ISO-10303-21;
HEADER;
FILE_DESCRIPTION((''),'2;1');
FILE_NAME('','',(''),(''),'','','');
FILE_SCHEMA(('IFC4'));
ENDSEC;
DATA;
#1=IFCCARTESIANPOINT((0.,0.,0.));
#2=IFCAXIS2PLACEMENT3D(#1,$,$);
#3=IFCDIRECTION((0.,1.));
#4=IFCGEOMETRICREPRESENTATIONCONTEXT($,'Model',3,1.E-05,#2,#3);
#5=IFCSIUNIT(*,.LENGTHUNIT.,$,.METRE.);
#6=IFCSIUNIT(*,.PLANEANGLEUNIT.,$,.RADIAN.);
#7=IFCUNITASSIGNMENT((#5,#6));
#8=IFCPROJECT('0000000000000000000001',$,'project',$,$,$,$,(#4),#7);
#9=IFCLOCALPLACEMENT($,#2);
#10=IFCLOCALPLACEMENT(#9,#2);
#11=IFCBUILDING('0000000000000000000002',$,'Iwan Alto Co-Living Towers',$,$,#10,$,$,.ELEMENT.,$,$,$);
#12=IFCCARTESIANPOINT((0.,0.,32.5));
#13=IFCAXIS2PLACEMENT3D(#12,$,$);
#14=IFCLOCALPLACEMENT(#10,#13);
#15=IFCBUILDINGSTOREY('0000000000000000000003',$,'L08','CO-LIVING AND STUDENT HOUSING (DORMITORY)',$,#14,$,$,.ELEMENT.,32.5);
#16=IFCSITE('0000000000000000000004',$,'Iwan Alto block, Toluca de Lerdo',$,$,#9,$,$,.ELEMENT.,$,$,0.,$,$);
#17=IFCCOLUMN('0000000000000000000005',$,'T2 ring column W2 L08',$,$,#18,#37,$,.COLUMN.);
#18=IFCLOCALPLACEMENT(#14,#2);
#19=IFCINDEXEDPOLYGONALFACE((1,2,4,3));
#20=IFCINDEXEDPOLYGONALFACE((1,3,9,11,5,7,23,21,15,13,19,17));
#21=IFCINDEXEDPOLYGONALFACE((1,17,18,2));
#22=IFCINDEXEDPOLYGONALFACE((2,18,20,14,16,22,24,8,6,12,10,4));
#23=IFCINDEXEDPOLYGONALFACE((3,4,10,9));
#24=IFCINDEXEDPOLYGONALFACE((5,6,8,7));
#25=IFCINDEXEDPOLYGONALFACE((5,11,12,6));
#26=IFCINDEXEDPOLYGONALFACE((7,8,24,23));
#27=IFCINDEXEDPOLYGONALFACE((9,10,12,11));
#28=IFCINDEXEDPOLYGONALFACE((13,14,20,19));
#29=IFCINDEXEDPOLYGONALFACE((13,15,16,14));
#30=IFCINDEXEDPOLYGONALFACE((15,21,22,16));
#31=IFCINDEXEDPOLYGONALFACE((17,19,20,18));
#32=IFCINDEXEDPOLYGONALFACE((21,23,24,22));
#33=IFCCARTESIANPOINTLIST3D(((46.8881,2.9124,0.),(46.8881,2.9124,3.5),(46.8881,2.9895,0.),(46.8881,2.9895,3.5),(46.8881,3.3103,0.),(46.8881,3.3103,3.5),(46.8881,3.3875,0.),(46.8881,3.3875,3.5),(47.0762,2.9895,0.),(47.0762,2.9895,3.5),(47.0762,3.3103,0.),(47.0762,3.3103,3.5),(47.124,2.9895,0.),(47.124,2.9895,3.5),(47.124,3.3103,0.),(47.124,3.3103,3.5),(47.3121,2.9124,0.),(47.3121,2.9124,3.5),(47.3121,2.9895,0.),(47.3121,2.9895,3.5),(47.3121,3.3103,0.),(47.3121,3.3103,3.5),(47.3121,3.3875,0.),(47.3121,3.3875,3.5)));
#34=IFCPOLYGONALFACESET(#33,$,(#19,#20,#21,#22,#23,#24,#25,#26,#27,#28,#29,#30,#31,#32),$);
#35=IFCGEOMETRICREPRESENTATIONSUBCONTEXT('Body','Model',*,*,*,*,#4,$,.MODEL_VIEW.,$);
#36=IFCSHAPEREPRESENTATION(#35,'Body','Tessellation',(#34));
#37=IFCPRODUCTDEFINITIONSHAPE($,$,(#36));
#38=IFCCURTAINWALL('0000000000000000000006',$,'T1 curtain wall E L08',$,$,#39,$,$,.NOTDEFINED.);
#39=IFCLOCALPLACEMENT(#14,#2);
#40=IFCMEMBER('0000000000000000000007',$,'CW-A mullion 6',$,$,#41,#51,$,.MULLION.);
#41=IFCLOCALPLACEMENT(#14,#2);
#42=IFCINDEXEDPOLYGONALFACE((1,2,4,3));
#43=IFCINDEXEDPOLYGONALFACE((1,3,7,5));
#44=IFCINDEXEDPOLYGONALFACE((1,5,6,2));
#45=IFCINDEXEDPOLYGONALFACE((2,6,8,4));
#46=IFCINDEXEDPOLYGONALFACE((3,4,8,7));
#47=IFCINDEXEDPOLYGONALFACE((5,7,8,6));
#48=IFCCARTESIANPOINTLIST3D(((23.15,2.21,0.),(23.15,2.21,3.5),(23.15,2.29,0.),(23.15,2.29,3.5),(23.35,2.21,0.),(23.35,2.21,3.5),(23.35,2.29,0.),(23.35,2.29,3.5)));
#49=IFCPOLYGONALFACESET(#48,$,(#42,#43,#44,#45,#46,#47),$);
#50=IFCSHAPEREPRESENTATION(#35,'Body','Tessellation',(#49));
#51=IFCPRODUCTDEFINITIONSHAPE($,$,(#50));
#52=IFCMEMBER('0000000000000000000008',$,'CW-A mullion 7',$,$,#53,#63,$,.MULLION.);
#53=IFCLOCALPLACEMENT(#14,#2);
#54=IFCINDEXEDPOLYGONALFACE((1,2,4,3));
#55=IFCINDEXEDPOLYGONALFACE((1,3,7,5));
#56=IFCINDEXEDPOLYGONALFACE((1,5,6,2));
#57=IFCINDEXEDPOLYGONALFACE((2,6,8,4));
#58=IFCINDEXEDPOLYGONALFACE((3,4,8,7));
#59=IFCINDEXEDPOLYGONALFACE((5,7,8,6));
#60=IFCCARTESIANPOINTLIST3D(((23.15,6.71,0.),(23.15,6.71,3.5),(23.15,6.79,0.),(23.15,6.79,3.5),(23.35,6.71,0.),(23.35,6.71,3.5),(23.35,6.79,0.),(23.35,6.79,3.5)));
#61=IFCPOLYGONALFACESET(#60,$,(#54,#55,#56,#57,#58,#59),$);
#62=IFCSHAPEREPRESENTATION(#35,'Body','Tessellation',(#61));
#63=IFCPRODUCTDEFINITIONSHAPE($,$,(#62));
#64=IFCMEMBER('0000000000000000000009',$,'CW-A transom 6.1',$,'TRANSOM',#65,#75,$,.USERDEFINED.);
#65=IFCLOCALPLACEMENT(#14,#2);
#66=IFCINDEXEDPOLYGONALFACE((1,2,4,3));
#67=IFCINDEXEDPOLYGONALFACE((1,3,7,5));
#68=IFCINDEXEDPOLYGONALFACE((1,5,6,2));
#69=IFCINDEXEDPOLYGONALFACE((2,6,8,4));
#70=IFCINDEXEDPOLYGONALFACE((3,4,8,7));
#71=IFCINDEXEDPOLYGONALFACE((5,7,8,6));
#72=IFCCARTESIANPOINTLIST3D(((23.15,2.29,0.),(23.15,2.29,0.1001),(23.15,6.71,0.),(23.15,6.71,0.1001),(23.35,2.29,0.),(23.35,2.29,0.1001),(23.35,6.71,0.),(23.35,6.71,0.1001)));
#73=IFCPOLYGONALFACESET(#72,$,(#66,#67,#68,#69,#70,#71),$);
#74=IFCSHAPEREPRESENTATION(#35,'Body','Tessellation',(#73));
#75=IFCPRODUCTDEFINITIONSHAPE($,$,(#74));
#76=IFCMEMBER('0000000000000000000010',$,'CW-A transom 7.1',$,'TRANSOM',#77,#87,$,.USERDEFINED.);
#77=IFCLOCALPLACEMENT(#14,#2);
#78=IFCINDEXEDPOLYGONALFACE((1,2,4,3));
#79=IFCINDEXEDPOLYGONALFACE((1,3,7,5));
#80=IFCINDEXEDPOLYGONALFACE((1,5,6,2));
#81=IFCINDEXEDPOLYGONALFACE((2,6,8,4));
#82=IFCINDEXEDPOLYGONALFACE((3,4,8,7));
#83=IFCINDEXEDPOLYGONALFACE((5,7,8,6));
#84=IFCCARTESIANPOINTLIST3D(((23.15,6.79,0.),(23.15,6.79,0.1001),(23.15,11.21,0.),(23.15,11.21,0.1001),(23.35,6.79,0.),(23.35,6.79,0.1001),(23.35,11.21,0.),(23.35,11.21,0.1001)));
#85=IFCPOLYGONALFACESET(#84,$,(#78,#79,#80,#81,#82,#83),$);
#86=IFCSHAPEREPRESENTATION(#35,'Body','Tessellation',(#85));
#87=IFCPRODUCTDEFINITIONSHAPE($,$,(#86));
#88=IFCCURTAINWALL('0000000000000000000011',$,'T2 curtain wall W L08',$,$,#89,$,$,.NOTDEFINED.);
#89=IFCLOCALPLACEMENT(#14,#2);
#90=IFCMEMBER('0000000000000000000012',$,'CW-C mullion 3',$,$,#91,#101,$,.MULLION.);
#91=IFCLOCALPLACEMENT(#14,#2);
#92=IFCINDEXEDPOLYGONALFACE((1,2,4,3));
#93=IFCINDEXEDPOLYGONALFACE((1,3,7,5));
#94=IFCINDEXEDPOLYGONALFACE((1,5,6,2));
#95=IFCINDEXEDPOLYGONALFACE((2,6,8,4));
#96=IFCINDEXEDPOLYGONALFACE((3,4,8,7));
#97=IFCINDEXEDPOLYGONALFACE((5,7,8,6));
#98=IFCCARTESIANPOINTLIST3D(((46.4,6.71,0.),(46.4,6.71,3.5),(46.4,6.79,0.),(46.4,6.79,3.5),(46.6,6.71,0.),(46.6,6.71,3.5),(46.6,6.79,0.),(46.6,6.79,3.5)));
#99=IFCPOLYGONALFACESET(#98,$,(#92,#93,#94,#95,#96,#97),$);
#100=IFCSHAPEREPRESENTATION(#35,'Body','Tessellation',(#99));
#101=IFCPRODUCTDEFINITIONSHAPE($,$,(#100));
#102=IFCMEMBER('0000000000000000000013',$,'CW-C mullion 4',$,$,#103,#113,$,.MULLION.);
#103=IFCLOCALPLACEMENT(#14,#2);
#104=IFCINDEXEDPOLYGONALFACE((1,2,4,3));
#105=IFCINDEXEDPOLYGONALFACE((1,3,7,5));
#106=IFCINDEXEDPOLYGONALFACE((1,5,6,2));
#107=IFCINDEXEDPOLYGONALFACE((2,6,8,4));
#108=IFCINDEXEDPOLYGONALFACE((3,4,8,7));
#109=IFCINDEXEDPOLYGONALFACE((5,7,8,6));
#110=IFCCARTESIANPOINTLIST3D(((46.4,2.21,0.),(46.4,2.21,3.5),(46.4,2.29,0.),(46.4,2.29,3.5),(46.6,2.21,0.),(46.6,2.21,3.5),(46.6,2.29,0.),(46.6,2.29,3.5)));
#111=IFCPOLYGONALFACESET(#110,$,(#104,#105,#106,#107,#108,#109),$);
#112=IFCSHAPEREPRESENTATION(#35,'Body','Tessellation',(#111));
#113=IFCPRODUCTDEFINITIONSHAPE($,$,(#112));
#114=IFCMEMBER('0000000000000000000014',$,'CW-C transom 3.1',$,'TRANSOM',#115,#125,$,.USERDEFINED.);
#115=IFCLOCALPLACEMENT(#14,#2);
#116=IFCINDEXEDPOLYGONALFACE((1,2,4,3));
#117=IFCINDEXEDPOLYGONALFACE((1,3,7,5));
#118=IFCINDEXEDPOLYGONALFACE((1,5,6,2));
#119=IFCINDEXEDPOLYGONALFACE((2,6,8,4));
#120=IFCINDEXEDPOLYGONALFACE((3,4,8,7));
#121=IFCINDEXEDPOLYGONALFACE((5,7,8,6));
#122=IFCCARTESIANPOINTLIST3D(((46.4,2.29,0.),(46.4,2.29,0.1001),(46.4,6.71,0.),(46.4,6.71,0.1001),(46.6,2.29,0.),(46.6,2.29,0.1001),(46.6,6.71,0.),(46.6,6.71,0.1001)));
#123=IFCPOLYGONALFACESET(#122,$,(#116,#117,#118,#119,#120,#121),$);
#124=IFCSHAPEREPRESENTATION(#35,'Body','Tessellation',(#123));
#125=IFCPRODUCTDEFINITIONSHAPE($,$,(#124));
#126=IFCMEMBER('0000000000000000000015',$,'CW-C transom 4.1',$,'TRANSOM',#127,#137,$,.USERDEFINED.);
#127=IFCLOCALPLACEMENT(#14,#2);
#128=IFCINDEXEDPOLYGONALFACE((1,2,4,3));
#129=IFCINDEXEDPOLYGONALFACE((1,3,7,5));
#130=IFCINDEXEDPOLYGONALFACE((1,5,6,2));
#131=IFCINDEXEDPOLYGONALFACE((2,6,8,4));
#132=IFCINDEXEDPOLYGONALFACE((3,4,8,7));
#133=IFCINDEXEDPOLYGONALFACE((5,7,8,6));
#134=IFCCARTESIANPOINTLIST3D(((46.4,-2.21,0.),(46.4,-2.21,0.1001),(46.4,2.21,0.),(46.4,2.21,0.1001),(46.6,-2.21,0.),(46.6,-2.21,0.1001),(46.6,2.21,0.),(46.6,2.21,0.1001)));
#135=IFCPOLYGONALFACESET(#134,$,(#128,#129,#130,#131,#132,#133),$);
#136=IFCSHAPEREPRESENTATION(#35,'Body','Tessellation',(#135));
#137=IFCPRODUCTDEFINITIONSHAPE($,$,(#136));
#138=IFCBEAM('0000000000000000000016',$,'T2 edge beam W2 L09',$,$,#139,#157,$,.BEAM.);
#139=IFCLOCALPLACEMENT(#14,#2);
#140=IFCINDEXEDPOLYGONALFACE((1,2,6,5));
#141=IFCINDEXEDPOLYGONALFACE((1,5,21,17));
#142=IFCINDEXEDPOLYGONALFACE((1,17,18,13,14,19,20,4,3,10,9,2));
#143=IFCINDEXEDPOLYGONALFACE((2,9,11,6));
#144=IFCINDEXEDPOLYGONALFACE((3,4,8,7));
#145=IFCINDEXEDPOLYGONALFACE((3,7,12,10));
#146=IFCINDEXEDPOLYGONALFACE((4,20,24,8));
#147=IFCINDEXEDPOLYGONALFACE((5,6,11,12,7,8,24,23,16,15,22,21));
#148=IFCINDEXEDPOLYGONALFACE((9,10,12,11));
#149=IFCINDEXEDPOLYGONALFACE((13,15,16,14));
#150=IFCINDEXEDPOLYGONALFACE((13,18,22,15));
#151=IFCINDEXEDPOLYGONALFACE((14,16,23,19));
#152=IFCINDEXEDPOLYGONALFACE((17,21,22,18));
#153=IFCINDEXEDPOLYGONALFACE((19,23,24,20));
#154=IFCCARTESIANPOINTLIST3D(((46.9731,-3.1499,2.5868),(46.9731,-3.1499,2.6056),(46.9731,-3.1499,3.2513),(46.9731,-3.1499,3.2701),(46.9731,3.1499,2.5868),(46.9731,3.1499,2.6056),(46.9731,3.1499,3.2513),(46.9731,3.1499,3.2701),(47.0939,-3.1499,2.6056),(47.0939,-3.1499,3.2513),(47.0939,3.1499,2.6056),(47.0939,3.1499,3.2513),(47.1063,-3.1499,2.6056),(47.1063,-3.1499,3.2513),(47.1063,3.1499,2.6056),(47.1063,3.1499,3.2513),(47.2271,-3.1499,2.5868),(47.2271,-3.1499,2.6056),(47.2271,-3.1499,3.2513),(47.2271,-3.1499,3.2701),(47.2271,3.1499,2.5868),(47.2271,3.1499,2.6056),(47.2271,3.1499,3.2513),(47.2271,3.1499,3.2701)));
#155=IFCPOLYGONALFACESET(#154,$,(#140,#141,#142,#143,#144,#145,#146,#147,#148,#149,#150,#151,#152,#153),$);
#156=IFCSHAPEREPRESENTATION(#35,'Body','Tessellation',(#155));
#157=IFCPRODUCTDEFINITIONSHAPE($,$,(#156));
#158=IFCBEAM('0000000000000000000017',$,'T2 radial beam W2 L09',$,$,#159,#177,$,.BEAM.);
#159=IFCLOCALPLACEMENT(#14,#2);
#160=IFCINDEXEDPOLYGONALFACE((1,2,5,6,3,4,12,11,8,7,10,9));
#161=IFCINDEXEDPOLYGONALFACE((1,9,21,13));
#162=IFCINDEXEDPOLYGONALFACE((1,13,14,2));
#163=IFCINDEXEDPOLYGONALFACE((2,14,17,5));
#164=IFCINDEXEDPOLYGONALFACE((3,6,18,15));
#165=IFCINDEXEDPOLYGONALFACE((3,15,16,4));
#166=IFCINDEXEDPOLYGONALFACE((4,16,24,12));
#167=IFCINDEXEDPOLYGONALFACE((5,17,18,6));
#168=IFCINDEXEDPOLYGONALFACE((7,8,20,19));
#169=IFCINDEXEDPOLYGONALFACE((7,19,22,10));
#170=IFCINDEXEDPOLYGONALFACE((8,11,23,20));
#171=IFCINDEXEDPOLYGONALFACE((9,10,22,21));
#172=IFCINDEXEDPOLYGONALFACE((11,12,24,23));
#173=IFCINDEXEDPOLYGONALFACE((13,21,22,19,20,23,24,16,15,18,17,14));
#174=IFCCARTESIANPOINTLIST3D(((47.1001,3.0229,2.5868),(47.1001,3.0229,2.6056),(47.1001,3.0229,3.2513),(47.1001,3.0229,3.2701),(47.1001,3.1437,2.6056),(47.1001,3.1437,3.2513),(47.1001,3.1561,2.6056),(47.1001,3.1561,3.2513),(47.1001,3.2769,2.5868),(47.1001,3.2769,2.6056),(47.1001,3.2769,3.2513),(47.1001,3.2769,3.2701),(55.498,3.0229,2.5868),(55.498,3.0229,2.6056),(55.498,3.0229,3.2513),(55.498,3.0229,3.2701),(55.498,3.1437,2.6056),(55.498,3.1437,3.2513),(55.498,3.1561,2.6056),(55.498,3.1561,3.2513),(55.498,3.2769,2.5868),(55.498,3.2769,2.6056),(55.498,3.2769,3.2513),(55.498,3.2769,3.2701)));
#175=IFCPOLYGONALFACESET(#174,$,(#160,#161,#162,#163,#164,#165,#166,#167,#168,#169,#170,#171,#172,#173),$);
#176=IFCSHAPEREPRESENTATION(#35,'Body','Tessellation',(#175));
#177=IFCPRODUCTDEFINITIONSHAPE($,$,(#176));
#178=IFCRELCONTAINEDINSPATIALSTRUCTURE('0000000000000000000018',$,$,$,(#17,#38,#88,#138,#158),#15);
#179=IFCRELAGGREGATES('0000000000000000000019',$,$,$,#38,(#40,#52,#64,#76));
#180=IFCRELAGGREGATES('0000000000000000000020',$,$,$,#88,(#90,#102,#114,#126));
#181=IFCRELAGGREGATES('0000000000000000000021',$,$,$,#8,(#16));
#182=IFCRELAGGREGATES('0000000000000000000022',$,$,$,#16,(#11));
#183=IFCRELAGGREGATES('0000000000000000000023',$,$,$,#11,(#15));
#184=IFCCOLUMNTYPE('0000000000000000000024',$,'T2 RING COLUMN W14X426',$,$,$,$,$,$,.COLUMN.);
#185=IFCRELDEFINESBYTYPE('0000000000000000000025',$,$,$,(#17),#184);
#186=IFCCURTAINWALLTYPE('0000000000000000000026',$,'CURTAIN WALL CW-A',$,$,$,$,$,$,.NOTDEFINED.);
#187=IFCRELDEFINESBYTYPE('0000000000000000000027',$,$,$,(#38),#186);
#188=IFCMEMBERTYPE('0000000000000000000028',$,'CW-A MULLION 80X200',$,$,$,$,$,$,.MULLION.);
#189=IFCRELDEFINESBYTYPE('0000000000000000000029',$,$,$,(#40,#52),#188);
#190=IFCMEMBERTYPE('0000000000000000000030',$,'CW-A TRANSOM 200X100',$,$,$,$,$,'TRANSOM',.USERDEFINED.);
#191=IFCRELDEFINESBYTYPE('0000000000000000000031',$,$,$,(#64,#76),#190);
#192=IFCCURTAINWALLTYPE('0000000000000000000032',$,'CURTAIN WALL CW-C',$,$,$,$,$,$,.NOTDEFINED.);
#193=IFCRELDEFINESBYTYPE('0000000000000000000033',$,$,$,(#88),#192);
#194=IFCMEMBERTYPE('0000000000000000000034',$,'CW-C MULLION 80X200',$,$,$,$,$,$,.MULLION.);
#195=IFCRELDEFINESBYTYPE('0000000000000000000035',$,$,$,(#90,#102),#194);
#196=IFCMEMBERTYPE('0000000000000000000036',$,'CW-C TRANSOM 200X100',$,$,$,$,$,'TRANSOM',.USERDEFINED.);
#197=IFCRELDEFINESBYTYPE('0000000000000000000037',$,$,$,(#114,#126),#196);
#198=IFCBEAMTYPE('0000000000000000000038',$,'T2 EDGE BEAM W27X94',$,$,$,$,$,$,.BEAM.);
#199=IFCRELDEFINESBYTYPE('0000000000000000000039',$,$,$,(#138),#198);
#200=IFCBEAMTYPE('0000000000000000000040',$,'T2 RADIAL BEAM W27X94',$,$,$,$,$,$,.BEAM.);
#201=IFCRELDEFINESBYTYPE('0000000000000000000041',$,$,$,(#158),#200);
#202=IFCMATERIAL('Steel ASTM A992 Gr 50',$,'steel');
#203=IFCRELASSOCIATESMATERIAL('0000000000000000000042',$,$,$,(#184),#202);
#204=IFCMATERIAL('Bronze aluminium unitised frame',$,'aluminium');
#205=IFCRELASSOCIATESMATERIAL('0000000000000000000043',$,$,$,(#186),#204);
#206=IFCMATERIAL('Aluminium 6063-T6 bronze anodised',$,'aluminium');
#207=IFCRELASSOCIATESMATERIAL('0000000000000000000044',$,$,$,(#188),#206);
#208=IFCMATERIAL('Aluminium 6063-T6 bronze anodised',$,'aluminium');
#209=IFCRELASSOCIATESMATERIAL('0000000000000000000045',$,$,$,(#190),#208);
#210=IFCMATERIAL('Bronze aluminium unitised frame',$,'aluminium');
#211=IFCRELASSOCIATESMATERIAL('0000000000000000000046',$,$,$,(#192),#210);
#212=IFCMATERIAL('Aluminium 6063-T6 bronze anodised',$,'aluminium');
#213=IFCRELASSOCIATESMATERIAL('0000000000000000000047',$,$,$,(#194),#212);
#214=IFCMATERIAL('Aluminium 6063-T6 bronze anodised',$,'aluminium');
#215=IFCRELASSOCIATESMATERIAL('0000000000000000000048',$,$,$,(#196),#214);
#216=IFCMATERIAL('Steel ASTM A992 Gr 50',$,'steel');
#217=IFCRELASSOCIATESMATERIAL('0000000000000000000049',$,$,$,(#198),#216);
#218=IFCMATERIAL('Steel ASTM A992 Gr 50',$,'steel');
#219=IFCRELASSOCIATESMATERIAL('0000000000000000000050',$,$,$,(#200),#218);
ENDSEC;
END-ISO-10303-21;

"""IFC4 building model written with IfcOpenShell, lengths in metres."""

from ifc_helpers import new_model, si_unit, direction, frame, origin, origin_2d, place, context, subcontext, project, spatial, rectangle, i_section, extrude, material, material_profile, profile_set, type_object, element, aggregate, save


model = new_model("IFC4")

# Units and contexts
model_context = context("Model", 3, precision=1e-05, world=origin(), true_north=direction((0.0, 1.0)))
body_context = subcontext(model_context, "Body", "Model", "MODEL_VIEW")
ifc_project = project(units=[si_unit("LENGTHUNIT", "METRE"), si_unit("PLANEANGLEUNIT", "RADIAN")], contexts=[model_context])

# Site, building, storey
site_placement = place(None, origin())
site = spatial("IfcSite", under=ifc_project, at=site_placement, Name="Iwan Alto block, Toluca de Lerdo", CompositionType="ELEMENT", RefElevation=0.0)
building_placement = place(site_placement, origin())
building = spatial("IfcBuilding", under=site, at=building_placement, Name="Iwan Alto Co-Living Towers", CompositionType="ELEMENT")
storey_placement = place(building_placement, frame((0.0, 0.0, 32.5)))
storey = spatial("IfcBuildingStorey", under=building, at=storey_placement, Name="L08", Description="CO-LIVING AND STUDENT HOUSING (DORMITORY)", CompositionType="ELEMENT", Elevation=32.5)

# Column
ifc_material_1 = material(Name="Steel ASTM A992 Gr 50", Category="steel")
ifc_material_profile_1 = material_profile(ifc_material_1, i_section(OverallWidth=0.4241, OverallDepth=0.4751, WebThickness=0.0479, FlangeThickness=0.0771, at=origin_2d()), Name="W14X426")
ifc_profile_set_1 = profile_set([ifc_material_profile_1], Name="Steel ASTM A992 Gr 50")
column_type = type_object("IfcColumnType", Name="T2 RING COLUMN W14X426", PredefinedType="COLUMN", material=ifc_profile_set_1)
column_placement = place(storey_placement, frame((47.1001, 3.1499, 0.0), z_axis=(0.0, 0.0, 1.0), x_axis=(1.0, 0.0, 0.0)))
element("IfcColumn", 1, at=column_placement, inside=storey, type_object=column_type, Name="T2 ring column W2 L08", PredefinedType="COLUMN", context=body_context, shape_type="SweptSolid", body=[
    extrude(i_section(OverallWidth=0.4241, OverallDepth=0.4751, WebThickness=0.0479, FlangeThickness=0.0771, at=origin_2d()), origin(), (0.0, 0.0, 1.0), 3.5),
])

# Curtain walls, members
ifc_material_2 = material(Name="Bronze aluminium unitised frame", Category="aluminium")
curtain_wall_type_1 = type_object("IfcCurtainWallType", Name="CURTAIN WALL CW-A", PredefinedType="NOTDEFINED", material=ifc_material_2)
curtain_wall_1_placement = place(storey_placement, origin())
curtain_wall_1 = element("IfcCurtainWall", 2, at=curtain_wall_1_placement, inside=storey, type_object=curtain_wall_type_1, Name="T1 curtain wall E L08", PredefinedType="NOTDEFINED")
ifc_material_3 = material(Name="Aluminium 6063-T6 bronze anodised", Category="aluminium")
ifc_material_profile_2 = material_profile(ifc_material_3, rectangle(XDim=0.2, YDim=0.0801, at=origin_2d()), Name="AL 80X200")
ifc_profile_set_2 = profile_set([ifc_material_profile_2], Name="Aluminium 6063-T6 bronze anodised")
member_type_1 = type_object("IfcMemberType", Name="CW-A MULLION 80X200", PredefinedType="MULLION", material=ifc_profile_set_2)
member_1_placement = place(storey_placement, frame((23.25, 2.25, 0.0), z_axis=(0.0, 0.0, 1.0), x_axis=(-1.0, 0.0, 0.0)))
member_1 = element("IfcMember", 3, at=member_1_placement, type_object=member_type_1, Name="CW-A mullion 6", PredefinedType="MULLION", context=body_context, shape_type="SweptSolid", body=[
    extrude(rectangle(XDim=0.2, YDim=0.0801, at=origin_2d()), origin(), (0.0, 0.0, 1.0), 3.5),
])
member_2_placement = place(storey_placement, frame((23.25, 6.75, 0.0), z_axis=(0.0, 0.0, 1.0), x_axis=(-1.0, 0.0, 0.0)))
member_2 = element("IfcMember", 4, at=member_2_placement, type_object=member_type_1, Name="CW-A mullion 7", PredefinedType="MULLION", context=body_context, shape_type="SweptSolid", body=[
    extrude(rectangle(XDim=0.2, YDim=0.0801, at=origin_2d()), origin(), (0.0, 0.0, 1.0), 3.5),
])
ifc_material_4 = material(Name="Aluminium 6063-T6 bronze anodised", Category="aluminium")
ifc_material_profile_3 = material_profile(ifc_material_4, rectangle(XDim=0.2, YDim=0.1001, at=origin_2d()), Name="AL 200X100")
ifc_profile_set_3 = profile_set([ifc_material_profile_3], Name="Aluminium 6063-T6 bronze anodised")
member_type_2 = type_object("IfcMemberType", Name="CW-A TRANSOM 200X100", ElementType="TRANSOM", PredefinedType="USERDEFINED", material=ifc_profile_set_3)
member_3_placement = place(storey_placement, frame((23.25, 2.29, 0.05), z_axis=(0.0, 1.0, 0.0), x_axis=(-1.0, 0.0, 0.0)))
member_3 = element("IfcMember", 5, at=member_3_placement, type_object=member_type_2, Name="CW-A transom 6.1", ObjectType="TRANSOM", PredefinedType="USERDEFINED", context=body_context, shape_type="SweptSolid", body=[
    extrude(rectangle(XDim=0.2, YDim=0.1001, at=origin_2d()), origin(), (0.0, 0.0, 1.0), 4.4199),
])
member_4_placement = place(storey_placement, frame((23.25, 6.79, 0.05), z_axis=(0.0, 1.0, 0.0), x_axis=(-1.0, 0.0, 0.0)))
member_4 = element("IfcMember", 6, at=member_4_placement, type_object=member_type_2, Name="CW-A transom 7.1", ObjectType="TRANSOM", PredefinedType="USERDEFINED", context=body_context, shape_type="SweptSolid", body=[
    extrude(rectangle(XDim=0.2, YDim=0.1001, at=origin_2d()), origin(), (0.0, 0.0, 1.0), 4.4199),
])
ifc_material_5 = material(Name="Bronze aluminium unitised frame", Category="aluminium")
curtain_wall_type_2 = type_object("IfcCurtainWallType", Name="CURTAIN WALL CW-C", PredefinedType="NOTDEFINED", material=ifc_material_5)
curtain_wall_2_placement = place(storey_placement, origin())
curtain_wall_2 = element("IfcCurtainWall", 7, at=curtain_wall_2_placement, inside=storey, type_object=curtain_wall_type_2, Name="T2 curtain wall W L08", PredefinedType="NOTDEFINED")
ifc_material_6 = material(Name="Aluminium 6063-T6 bronze anodised", Category="aluminium")
ifc_material_profile_4 = material_profile(ifc_material_6, rectangle(XDim=0.2, YDim=0.0801, at=origin_2d()), Name="AL 80X200")
ifc_profile_set_4 = profile_set([ifc_material_profile_4], Name="Aluminium 6063-T6 bronze anodised")
member_type_3 = type_object("IfcMemberType", Name="CW-C MULLION 80X200", PredefinedType="MULLION", material=ifc_profile_set_4)
member_5_placement = place(storey_placement, frame((46.5, 6.75, 0.0), z_axis=(0.0, 0.0, 1.0), x_axis=(1.0, 0.0, 0.0)))
member_5 = element("IfcMember", 8, at=member_5_placement, type_object=member_type_3, Name="CW-C mullion 3", PredefinedType="MULLION", context=body_context, shape_type="SweptSolid", body=[
    extrude(rectangle(XDim=0.2, YDim=0.0801, at=origin_2d()), origin(), (0.0, 0.0, 1.0), 3.5),
])
member_6_placement = place(storey_placement, frame((46.5, 2.25, 0.0), z_axis=(0.0, 0.0, 1.0), x_axis=(1.0, 0.0, 0.0)))
member_6 = element("IfcMember", 9, at=member_6_placement, type_object=member_type_3, Name="CW-C mullion 4", PredefinedType="MULLION", context=body_context, shape_type="SweptSolid", body=[
    extrude(rectangle(XDim=0.2, YDim=0.0801, at=origin_2d()), origin(), (0.0, 0.0, 1.0), 3.5),
])
ifc_material_7 = material(Name="Aluminium 6063-T6 bronze anodised", Category="aluminium")
ifc_material_profile_5 = material_profile(ifc_material_7, rectangle(XDim=0.2, YDim=0.1001, at=origin_2d()), Name="AL 200X100")
ifc_profile_set_5 = profile_set([ifc_material_profile_5], Name="Aluminium 6063-T6 bronze anodised")
member_type_4 = type_object("IfcMemberType", Name="CW-C TRANSOM 200X100", ElementType="TRANSOM", PredefinedType="USERDEFINED", material=ifc_profile_set_5)
member_7_placement = place(storey_placement, frame((46.5, 6.71, 0.05), z_axis=(0.0, -1.0, 0.0), x_axis=(1.0, 0.0, 0.0)))
member_7 = element("IfcMember", 10, at=member_7_placement, type_object=member_type_4, Name="CW-C transom 3.1", ObjectType="TRANSOM", PredefinedType="USERDEFINED", context=body_context, shape_type="SweptSolid", body=[
    extrude(rectangle(XDim=0.2, YDim=0.1001, at=origin_2d()), origin(), (0.0, 0.0, 1.0), 4.4199),
])
member_8_placement = place(storey_placement, frame((46.5, 2.21, 0.05), z_axis=(0.0, -1.0, 0.0), x_axis=(1.0, 0.0, 0.0)))
member_8 = element("IfcMember", 11, at=member_8_placement, type_object=member_type_4, Name="CW-C transom 4.1", ObjectType="TRANSOM", PredefinedType="USERDEFINED", context=body_context, shape_type="SweptSolid", body=[
    extrude(rectangle(XDim=0.2, YDim=0.1001, at=origin_2d()), origin(), (0.0, 0.0, 1.0), 4.4199),
])

# Beams
ifc_material_8 = material(Name="Steel ASTM A992 Gr 50", Category="steel")
ifc_material_profile_6 = material_profile(ifc_material_8, i_section(OverallWidth=0.2539, OverallDepth=0.6833, WebThickness=0.0125, FlangeThickness=0.0188, at=origin_2d()), Name="W27X94")
ifc_profile_set_6 = profile_set([ifc_material_profile_6], Name="Steel ASTM A992 Gr 50")
beam_type_1 = type_object("IfcBeamType", Name="T2 EDGE BEAM W27X94", PredefinedType="BEAM", material=ifc_profile_set_6)
beam_1_placement = place(storey_placement, frame((47.1001, 3.1499, 2.9285), z_axis=(0.0, -1.0, 0.0), x_axis=(1.0, 0.0, 0.0)))
element("IfcBeam", 12, at=beam_1_placement, inside=storey, type_object=beam_type_1, Name="T2 edge beam W2 L09", PredefinedType="BEAM", context=body_context, shape_type="SweptSolid", body=[
    extrude(i_section(OverallWidth=0.2539, OverallDepth=0.6833, WebThickness=0.0125, FlangeThickness=0.0188, at=origin_2d()), origin(), (0.0, 0.0, 1.0), 6.2998),
])
ifc_material_9 = material(Name="Steel ASTM A992 Gr 50", Category="steel")
ifc_material_profile_7 = material_profile(ifc_material_9, i_section(OverallWidth=0.2539, OverallDepth=0.6833, WebThickness=0.0125, FlangeThickness=0.0188, at=origin_2d()), Name="W27X94")
ifc_profile_set_7 = profile_set([ifc_material_profile_7], Name="Steel ASTM A992 Gr 50")
beam_type_2 = type_object("IfcBeamType", Name="T2 RADIAL BEAM W27X94", PredefinedType="BEAM", material=ifc_profile_set_7)
beam_2_placement = place(storey_placement, frame((47.1001, 3.1499, 2.9285), z_axis=(1.0, 0.0, 0.0), x_axis=(0.0, 1.0, 0.0)))
element("IfcBeam", 13, at=beam_2_placement, inside=storey, type_object=beam_type_2, Name="T2 radial beam W2 L09", PredefinedType="BEAM", context=body_context, shape_type="SweptSolid", body=[
    extrude(i_section(OverallWidth=0.2539, OverallDepth=0.6833, WebThickness=0.0125, FlangeThickness=0.0188, at=origin_2d()), origin(), (0.0, 0.0, 1.0), 8.3979),
])

aggregate(curtain_wall_1, [member_1, member_2, member_3, member_4])
aggregate(curtain_wall_2, [member_5, member_6, member_7, member_8])

save(model, "model.ifc")
